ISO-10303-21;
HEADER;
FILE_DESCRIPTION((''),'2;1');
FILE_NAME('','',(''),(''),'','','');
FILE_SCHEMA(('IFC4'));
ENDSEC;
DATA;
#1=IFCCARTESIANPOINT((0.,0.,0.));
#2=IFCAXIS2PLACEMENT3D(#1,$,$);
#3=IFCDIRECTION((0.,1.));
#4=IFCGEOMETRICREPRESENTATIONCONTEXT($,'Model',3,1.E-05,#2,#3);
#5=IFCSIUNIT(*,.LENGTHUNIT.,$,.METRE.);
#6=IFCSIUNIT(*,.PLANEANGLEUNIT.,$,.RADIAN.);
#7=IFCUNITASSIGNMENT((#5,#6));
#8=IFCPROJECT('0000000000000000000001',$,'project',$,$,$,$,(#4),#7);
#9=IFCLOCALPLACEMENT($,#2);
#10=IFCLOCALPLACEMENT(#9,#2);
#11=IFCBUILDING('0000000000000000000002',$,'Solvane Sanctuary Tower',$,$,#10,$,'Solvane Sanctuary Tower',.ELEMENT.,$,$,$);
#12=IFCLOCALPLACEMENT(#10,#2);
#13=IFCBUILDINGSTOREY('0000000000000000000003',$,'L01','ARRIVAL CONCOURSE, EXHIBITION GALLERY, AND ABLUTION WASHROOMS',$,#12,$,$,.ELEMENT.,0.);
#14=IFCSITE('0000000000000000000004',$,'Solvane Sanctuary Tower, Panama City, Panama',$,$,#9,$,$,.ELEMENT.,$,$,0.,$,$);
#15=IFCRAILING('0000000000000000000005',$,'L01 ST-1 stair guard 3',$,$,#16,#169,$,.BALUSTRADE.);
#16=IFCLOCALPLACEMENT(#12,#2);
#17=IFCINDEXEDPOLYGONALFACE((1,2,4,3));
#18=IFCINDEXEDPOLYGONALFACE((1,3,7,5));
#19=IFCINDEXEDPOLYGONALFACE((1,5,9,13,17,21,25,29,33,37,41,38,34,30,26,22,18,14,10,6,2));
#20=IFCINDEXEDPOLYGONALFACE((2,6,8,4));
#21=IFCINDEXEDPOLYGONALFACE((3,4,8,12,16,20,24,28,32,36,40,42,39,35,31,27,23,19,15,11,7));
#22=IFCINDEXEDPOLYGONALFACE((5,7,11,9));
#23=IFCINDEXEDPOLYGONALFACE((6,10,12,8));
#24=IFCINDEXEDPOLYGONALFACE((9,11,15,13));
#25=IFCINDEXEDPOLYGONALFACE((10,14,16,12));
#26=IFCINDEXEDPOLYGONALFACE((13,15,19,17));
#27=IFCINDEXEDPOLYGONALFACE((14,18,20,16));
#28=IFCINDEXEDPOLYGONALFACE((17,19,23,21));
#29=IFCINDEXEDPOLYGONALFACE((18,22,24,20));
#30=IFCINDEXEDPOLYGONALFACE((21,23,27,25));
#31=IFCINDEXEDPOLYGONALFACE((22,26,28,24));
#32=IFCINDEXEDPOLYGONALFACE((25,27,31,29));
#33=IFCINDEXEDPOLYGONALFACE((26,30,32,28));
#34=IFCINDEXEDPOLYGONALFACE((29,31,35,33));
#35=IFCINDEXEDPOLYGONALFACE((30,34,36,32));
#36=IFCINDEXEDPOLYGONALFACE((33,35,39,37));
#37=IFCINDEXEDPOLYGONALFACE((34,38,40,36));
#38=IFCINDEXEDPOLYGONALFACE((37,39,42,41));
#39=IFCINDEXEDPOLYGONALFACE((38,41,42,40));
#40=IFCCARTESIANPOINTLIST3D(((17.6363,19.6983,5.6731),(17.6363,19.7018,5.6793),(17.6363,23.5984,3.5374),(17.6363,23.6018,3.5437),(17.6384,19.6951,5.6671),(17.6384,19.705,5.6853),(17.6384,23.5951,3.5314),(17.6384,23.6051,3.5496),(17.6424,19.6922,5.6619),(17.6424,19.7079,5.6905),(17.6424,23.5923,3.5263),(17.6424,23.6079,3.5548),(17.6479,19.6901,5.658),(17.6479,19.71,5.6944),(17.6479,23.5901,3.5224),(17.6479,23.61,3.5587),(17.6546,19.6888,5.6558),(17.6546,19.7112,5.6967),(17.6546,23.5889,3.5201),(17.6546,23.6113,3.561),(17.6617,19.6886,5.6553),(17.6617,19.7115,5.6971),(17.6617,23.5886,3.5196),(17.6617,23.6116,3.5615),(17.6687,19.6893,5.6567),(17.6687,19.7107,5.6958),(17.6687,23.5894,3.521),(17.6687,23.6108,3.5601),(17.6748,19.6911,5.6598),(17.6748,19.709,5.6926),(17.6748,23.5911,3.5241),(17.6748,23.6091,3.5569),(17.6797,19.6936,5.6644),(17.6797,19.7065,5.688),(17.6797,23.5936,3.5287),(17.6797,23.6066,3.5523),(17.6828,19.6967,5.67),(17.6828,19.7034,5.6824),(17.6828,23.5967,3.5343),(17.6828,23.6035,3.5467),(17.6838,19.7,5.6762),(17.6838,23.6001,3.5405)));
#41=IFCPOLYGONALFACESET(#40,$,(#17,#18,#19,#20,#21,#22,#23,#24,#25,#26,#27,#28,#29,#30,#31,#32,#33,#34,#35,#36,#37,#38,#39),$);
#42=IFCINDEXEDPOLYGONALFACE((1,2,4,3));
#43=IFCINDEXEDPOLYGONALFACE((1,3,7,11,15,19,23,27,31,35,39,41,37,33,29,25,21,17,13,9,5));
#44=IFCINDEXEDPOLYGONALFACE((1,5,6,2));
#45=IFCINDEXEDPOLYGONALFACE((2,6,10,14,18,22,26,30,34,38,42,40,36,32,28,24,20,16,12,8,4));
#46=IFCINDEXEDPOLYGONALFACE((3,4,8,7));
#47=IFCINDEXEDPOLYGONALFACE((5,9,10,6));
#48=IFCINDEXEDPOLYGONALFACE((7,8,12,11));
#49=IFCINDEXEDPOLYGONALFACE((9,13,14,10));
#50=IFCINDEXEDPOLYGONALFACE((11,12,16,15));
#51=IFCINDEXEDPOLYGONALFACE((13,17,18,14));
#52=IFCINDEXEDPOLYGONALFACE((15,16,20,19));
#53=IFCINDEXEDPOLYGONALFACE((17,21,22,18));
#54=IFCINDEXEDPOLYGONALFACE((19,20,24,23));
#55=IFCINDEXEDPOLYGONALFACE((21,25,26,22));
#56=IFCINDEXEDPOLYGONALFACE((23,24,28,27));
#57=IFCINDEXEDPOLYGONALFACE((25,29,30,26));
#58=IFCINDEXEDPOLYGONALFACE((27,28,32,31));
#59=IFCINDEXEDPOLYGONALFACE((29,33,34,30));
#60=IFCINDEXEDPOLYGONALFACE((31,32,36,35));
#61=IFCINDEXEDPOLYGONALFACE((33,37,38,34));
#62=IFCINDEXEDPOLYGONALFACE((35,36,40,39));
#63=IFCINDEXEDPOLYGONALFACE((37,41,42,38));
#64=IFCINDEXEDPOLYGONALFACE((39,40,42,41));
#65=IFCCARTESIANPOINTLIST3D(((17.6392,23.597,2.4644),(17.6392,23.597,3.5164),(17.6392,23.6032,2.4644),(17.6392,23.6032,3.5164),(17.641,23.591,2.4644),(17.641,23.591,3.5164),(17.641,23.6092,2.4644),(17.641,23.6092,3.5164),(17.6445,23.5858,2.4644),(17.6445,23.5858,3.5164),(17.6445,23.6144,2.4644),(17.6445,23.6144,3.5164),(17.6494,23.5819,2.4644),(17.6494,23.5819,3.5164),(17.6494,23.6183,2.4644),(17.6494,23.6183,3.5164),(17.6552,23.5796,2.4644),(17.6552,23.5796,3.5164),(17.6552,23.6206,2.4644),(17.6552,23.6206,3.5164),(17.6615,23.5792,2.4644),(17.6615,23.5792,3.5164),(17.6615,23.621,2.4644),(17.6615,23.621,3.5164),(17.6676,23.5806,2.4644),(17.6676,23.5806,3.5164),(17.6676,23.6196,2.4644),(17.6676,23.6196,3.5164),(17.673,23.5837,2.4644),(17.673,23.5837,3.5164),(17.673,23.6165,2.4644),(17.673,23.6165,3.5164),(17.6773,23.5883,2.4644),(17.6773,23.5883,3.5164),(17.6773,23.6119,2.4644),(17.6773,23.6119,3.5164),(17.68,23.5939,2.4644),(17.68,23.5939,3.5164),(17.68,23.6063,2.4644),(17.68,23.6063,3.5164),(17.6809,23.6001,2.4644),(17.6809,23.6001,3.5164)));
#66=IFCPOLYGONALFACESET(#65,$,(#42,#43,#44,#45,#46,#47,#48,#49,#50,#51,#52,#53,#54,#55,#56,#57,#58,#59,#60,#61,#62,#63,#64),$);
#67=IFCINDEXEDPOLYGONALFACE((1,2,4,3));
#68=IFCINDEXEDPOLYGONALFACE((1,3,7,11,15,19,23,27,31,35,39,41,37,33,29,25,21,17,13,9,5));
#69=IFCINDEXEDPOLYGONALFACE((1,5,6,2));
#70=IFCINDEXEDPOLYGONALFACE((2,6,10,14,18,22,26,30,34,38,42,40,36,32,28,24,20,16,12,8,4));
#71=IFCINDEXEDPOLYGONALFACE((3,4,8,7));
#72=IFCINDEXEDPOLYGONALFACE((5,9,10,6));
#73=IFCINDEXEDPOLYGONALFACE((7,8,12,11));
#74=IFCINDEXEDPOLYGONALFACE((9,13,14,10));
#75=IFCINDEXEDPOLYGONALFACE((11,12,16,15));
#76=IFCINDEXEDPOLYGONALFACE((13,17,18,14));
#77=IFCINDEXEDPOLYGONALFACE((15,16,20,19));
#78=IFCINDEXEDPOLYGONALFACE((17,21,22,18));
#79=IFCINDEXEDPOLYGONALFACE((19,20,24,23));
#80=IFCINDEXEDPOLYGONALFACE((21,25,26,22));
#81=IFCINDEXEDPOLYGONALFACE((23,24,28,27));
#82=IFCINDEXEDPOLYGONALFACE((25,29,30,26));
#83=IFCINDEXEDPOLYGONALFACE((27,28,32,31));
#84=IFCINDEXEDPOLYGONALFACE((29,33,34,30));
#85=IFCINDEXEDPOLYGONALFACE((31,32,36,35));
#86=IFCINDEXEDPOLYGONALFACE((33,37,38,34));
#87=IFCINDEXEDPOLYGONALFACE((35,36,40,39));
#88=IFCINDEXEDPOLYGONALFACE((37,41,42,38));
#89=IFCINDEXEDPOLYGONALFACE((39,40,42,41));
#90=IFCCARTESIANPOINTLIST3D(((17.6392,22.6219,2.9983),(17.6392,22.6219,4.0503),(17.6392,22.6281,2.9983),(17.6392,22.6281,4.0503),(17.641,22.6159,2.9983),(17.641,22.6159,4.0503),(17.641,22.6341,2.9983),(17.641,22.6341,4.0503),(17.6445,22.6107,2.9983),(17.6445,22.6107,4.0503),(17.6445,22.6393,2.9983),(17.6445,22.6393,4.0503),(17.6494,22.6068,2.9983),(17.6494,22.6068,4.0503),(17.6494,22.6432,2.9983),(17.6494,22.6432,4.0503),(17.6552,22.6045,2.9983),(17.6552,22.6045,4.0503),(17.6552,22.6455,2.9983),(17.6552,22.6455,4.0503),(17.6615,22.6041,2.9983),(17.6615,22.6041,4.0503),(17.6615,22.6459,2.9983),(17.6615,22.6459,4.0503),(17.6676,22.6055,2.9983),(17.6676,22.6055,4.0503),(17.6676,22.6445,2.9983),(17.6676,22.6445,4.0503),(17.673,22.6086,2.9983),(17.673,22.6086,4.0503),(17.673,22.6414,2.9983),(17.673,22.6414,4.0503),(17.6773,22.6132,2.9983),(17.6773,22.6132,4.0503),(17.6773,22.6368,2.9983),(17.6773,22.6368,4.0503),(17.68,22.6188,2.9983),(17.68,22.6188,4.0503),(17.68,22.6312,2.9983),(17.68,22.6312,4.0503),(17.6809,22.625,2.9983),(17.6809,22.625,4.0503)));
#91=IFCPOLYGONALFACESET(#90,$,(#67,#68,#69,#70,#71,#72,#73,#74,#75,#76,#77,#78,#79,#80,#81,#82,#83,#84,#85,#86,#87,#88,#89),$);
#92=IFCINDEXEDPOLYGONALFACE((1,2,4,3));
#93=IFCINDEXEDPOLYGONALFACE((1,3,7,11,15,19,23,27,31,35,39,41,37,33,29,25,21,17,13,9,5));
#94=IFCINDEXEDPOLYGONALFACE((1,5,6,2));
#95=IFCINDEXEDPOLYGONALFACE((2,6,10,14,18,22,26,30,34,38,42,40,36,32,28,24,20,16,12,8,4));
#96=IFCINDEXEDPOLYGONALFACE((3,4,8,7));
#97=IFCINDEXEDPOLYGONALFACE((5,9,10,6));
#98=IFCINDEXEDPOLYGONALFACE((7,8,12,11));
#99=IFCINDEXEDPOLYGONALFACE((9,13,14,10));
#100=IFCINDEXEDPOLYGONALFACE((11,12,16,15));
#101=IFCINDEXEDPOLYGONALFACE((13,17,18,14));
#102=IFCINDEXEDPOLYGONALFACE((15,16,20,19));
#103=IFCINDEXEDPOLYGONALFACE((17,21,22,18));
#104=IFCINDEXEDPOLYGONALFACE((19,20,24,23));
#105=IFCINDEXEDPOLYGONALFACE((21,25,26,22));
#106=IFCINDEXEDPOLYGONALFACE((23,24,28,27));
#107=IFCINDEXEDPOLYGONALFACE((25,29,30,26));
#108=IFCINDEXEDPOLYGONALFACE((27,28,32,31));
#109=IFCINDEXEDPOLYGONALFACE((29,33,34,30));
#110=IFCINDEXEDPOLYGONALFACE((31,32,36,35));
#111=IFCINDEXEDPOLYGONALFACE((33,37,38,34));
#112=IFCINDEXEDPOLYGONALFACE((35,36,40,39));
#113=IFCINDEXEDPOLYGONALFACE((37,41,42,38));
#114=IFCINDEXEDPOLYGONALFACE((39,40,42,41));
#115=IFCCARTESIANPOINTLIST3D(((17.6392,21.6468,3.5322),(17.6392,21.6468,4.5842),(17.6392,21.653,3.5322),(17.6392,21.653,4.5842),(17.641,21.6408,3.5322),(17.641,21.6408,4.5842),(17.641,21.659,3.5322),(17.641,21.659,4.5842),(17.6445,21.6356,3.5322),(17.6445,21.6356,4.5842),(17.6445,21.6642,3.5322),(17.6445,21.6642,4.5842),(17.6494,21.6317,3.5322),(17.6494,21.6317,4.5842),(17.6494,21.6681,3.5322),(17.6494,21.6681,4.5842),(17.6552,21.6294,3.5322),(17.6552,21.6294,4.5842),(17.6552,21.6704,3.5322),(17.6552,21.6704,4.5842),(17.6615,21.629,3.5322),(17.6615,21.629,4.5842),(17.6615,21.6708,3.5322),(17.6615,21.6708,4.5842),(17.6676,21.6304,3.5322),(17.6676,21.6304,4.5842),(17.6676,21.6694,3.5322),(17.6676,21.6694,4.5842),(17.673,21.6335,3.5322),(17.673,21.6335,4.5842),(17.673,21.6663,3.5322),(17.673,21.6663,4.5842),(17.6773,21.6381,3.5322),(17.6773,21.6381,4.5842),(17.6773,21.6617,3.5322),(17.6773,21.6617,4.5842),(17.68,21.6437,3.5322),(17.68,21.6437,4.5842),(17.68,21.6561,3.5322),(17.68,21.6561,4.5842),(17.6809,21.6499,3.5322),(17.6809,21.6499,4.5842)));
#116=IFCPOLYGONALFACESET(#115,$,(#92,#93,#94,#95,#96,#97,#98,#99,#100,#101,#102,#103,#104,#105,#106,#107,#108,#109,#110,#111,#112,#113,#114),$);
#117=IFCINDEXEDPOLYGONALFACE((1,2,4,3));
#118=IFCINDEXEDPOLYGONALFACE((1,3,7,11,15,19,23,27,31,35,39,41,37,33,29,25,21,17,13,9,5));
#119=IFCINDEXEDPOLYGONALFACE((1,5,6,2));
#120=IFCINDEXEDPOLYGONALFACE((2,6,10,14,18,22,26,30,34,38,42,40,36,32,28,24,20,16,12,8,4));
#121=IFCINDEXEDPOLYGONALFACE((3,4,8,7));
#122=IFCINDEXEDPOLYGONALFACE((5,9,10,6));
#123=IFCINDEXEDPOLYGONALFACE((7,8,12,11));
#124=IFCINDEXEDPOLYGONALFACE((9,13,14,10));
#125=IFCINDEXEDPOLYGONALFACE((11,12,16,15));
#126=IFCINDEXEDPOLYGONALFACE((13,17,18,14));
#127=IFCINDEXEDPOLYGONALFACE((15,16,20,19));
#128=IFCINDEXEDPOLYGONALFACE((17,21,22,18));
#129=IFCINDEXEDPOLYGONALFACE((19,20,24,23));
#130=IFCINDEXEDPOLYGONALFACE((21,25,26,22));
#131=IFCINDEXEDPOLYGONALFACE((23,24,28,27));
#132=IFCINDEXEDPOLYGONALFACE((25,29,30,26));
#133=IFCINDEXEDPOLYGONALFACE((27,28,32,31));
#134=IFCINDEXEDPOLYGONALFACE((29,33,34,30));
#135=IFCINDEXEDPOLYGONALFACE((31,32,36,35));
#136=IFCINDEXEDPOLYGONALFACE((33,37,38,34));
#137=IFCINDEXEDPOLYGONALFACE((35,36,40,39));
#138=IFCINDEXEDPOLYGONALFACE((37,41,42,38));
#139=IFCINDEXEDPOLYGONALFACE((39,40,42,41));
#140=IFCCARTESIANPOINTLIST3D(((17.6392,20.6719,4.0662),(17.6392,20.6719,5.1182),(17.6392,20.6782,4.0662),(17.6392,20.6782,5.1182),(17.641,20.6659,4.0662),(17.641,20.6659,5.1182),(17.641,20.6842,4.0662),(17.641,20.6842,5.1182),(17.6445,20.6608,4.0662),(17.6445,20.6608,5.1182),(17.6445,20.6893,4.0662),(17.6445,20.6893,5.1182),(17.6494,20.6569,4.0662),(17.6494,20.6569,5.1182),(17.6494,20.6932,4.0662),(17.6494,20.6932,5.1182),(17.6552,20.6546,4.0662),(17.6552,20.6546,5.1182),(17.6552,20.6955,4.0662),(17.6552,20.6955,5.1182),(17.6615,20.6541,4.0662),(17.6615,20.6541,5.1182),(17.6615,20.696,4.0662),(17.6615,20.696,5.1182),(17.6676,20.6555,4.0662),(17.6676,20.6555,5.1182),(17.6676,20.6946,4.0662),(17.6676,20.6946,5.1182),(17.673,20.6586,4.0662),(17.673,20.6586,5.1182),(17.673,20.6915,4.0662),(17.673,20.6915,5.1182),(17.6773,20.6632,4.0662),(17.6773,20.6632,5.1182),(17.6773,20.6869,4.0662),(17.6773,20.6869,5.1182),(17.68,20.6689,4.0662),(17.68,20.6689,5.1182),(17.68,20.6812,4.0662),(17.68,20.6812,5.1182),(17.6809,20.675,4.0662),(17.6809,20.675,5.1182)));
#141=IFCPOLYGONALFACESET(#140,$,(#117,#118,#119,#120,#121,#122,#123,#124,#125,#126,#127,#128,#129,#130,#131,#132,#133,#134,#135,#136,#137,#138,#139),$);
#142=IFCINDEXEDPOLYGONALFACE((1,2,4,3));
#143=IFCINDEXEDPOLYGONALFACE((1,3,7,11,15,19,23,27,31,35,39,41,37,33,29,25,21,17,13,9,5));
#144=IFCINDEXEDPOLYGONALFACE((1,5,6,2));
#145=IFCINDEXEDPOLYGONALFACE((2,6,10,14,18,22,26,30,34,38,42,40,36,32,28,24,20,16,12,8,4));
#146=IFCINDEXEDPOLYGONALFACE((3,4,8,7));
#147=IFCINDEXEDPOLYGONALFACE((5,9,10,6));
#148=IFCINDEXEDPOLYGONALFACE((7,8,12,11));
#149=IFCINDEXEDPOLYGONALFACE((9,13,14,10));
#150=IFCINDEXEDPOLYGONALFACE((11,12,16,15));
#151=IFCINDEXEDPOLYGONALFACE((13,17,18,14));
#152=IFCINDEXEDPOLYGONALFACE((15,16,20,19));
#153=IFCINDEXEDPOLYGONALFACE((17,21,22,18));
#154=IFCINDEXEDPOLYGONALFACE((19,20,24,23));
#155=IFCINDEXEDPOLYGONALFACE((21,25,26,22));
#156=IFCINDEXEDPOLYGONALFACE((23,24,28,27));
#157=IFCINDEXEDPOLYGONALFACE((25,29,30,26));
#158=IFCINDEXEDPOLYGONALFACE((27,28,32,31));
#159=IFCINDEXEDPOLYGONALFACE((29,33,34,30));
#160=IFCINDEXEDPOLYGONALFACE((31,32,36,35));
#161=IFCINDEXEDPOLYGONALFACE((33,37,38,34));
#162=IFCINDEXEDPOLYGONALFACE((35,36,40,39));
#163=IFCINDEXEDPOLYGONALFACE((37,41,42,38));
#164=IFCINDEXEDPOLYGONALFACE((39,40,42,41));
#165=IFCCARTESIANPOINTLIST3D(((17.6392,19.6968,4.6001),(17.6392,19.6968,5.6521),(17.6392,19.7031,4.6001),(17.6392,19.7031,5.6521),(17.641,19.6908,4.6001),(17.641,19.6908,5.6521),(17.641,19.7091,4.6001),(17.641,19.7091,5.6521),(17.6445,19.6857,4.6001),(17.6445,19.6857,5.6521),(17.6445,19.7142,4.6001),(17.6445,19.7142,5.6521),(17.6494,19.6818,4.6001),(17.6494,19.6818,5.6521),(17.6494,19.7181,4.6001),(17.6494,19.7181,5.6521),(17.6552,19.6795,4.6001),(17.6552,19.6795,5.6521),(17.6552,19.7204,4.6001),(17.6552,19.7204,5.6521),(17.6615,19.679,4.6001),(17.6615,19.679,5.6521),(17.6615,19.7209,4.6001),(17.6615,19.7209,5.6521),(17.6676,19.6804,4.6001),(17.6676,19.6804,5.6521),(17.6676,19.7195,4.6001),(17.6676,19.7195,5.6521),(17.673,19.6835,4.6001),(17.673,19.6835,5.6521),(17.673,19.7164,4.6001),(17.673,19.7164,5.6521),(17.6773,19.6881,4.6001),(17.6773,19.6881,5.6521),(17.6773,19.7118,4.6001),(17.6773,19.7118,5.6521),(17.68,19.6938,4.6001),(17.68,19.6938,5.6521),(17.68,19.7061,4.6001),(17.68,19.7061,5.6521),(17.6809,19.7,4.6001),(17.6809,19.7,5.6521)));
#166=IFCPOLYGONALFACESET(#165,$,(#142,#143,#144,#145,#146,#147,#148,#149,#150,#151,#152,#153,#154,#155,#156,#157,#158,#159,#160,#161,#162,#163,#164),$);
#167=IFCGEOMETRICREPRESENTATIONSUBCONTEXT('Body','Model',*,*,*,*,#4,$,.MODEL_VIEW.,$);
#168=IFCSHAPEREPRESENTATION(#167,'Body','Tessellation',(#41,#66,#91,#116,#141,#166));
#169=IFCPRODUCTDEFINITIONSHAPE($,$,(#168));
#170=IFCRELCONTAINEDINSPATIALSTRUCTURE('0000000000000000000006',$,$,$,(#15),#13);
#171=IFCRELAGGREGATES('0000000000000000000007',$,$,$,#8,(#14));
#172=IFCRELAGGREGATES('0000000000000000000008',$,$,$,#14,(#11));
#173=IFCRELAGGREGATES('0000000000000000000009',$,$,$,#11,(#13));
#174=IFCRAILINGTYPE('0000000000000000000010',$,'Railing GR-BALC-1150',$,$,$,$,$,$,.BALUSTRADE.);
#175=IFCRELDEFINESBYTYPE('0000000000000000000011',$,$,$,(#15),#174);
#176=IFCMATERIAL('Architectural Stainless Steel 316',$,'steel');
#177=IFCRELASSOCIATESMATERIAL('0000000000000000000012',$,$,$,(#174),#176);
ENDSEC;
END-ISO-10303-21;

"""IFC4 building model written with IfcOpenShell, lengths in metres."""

from ifc_helpers import new_model, si_unit, direction, frame, origin, origin_2d, place, context, subcontext, project, spatial, circle, extrude, material, type_object, element, save


model = new_model("IFC4")

# Units and contexts
model_context = context("Model", 3, precision=1e-05, world=origin(), true_north=direction((0.0, 1.0)))
body_context = subcontext(model_context, "Body", "Model", "MODEL_VIEW")
ifc_project = project(units=[si_unit("LENGTHUNIT", "METRE"), si_unit("PLANEANGLEUNIT", "RADIAN")], contexts=[model_context])

# Site, building, storey
site_placement = place(None, origin())
site = spatial("IfcSite", under=ifc_project, at=site_placement, Name="Solvane Sanctuary Tower, Panama City, Panama", CompositionType="ELEMENT", RefElevation=0.0)
building_placement = place(site_placement, origin())
building = spatial("IfcBuilding", under=site, at=building_placement, Name="Solvane Sanctuary Tower", LongName="Solvane Sanctuary Tower", CompositionType="ELEMENT")
storey_placement = place(building_placement, origin())
storey = spatial("IfcBuildingStorey", under=building, at=storey_placement, Name="L01", Description="ARRIVAL CONCOURSE, EXHIBITION GALLERY, AND ABLUTION WASHROOMS", CompositionType="ELEMENT", Elevation=0.0)

# Shared definitions
ifc_material_1 = material(Name="Architectural Stainless Steel 316", Category="steel")

# Railing
railing_type_1 = type_object("IfcRailingType", Name="Railing GR-BALC-1150", PredefinedType="BALUSTRADE", material=ifc_material_1)
railing_1_placement = place(storey_placement, frame((17.6599, 23.6001, 2.4644)))
element("IfcRailing", 1, at=railing_1_placement, inside=storey, type_object=railing_type_1, Name="L01 ST-1 stair guard 3", PredefinedType="BALUSTRADE", context=body_context, shape_type="SweptSolid", body=[
    extrude(circle(Radius=0.0239, at=origin_2d()), frame((0.0, 0.0, 1.0762), z_axis=(0.0, -0.877101, 0.480306), x_axis=(1.0, 0.0, 0.0)), (0.0, 0.0, 1.0), 4.4465),
    extrude(circle(Radius=0.021, at=origin_2d()), origin(), (0.0, 0.0, 1.0), 1.052),
    extrude(circle(Radius=0.021, at=origin_2d()), frame((0.0, -0.9751, 0.5339)), (0.0, 0.0, 1.0), 1.052),
    extrude(circle(Radius=0.021, at=origin_2d()), frame((0.0, -1.9502, 1.0679)), (0.0, 0.0, 1.0), 1.052),
    extrude(circle(Radius=0.021, at=origin_2d()), frame((0.0, -2.925, 1.6018)), (0.0, 0.0, 1.0), 1.052),
    extrude(circle(Radius=0.021, at=origin_2d()), frame((0.0, -3.9001, 2.1357)), (0.0, 0.0, 1.0), 1.052),
])

save(model, "model.ifc")
